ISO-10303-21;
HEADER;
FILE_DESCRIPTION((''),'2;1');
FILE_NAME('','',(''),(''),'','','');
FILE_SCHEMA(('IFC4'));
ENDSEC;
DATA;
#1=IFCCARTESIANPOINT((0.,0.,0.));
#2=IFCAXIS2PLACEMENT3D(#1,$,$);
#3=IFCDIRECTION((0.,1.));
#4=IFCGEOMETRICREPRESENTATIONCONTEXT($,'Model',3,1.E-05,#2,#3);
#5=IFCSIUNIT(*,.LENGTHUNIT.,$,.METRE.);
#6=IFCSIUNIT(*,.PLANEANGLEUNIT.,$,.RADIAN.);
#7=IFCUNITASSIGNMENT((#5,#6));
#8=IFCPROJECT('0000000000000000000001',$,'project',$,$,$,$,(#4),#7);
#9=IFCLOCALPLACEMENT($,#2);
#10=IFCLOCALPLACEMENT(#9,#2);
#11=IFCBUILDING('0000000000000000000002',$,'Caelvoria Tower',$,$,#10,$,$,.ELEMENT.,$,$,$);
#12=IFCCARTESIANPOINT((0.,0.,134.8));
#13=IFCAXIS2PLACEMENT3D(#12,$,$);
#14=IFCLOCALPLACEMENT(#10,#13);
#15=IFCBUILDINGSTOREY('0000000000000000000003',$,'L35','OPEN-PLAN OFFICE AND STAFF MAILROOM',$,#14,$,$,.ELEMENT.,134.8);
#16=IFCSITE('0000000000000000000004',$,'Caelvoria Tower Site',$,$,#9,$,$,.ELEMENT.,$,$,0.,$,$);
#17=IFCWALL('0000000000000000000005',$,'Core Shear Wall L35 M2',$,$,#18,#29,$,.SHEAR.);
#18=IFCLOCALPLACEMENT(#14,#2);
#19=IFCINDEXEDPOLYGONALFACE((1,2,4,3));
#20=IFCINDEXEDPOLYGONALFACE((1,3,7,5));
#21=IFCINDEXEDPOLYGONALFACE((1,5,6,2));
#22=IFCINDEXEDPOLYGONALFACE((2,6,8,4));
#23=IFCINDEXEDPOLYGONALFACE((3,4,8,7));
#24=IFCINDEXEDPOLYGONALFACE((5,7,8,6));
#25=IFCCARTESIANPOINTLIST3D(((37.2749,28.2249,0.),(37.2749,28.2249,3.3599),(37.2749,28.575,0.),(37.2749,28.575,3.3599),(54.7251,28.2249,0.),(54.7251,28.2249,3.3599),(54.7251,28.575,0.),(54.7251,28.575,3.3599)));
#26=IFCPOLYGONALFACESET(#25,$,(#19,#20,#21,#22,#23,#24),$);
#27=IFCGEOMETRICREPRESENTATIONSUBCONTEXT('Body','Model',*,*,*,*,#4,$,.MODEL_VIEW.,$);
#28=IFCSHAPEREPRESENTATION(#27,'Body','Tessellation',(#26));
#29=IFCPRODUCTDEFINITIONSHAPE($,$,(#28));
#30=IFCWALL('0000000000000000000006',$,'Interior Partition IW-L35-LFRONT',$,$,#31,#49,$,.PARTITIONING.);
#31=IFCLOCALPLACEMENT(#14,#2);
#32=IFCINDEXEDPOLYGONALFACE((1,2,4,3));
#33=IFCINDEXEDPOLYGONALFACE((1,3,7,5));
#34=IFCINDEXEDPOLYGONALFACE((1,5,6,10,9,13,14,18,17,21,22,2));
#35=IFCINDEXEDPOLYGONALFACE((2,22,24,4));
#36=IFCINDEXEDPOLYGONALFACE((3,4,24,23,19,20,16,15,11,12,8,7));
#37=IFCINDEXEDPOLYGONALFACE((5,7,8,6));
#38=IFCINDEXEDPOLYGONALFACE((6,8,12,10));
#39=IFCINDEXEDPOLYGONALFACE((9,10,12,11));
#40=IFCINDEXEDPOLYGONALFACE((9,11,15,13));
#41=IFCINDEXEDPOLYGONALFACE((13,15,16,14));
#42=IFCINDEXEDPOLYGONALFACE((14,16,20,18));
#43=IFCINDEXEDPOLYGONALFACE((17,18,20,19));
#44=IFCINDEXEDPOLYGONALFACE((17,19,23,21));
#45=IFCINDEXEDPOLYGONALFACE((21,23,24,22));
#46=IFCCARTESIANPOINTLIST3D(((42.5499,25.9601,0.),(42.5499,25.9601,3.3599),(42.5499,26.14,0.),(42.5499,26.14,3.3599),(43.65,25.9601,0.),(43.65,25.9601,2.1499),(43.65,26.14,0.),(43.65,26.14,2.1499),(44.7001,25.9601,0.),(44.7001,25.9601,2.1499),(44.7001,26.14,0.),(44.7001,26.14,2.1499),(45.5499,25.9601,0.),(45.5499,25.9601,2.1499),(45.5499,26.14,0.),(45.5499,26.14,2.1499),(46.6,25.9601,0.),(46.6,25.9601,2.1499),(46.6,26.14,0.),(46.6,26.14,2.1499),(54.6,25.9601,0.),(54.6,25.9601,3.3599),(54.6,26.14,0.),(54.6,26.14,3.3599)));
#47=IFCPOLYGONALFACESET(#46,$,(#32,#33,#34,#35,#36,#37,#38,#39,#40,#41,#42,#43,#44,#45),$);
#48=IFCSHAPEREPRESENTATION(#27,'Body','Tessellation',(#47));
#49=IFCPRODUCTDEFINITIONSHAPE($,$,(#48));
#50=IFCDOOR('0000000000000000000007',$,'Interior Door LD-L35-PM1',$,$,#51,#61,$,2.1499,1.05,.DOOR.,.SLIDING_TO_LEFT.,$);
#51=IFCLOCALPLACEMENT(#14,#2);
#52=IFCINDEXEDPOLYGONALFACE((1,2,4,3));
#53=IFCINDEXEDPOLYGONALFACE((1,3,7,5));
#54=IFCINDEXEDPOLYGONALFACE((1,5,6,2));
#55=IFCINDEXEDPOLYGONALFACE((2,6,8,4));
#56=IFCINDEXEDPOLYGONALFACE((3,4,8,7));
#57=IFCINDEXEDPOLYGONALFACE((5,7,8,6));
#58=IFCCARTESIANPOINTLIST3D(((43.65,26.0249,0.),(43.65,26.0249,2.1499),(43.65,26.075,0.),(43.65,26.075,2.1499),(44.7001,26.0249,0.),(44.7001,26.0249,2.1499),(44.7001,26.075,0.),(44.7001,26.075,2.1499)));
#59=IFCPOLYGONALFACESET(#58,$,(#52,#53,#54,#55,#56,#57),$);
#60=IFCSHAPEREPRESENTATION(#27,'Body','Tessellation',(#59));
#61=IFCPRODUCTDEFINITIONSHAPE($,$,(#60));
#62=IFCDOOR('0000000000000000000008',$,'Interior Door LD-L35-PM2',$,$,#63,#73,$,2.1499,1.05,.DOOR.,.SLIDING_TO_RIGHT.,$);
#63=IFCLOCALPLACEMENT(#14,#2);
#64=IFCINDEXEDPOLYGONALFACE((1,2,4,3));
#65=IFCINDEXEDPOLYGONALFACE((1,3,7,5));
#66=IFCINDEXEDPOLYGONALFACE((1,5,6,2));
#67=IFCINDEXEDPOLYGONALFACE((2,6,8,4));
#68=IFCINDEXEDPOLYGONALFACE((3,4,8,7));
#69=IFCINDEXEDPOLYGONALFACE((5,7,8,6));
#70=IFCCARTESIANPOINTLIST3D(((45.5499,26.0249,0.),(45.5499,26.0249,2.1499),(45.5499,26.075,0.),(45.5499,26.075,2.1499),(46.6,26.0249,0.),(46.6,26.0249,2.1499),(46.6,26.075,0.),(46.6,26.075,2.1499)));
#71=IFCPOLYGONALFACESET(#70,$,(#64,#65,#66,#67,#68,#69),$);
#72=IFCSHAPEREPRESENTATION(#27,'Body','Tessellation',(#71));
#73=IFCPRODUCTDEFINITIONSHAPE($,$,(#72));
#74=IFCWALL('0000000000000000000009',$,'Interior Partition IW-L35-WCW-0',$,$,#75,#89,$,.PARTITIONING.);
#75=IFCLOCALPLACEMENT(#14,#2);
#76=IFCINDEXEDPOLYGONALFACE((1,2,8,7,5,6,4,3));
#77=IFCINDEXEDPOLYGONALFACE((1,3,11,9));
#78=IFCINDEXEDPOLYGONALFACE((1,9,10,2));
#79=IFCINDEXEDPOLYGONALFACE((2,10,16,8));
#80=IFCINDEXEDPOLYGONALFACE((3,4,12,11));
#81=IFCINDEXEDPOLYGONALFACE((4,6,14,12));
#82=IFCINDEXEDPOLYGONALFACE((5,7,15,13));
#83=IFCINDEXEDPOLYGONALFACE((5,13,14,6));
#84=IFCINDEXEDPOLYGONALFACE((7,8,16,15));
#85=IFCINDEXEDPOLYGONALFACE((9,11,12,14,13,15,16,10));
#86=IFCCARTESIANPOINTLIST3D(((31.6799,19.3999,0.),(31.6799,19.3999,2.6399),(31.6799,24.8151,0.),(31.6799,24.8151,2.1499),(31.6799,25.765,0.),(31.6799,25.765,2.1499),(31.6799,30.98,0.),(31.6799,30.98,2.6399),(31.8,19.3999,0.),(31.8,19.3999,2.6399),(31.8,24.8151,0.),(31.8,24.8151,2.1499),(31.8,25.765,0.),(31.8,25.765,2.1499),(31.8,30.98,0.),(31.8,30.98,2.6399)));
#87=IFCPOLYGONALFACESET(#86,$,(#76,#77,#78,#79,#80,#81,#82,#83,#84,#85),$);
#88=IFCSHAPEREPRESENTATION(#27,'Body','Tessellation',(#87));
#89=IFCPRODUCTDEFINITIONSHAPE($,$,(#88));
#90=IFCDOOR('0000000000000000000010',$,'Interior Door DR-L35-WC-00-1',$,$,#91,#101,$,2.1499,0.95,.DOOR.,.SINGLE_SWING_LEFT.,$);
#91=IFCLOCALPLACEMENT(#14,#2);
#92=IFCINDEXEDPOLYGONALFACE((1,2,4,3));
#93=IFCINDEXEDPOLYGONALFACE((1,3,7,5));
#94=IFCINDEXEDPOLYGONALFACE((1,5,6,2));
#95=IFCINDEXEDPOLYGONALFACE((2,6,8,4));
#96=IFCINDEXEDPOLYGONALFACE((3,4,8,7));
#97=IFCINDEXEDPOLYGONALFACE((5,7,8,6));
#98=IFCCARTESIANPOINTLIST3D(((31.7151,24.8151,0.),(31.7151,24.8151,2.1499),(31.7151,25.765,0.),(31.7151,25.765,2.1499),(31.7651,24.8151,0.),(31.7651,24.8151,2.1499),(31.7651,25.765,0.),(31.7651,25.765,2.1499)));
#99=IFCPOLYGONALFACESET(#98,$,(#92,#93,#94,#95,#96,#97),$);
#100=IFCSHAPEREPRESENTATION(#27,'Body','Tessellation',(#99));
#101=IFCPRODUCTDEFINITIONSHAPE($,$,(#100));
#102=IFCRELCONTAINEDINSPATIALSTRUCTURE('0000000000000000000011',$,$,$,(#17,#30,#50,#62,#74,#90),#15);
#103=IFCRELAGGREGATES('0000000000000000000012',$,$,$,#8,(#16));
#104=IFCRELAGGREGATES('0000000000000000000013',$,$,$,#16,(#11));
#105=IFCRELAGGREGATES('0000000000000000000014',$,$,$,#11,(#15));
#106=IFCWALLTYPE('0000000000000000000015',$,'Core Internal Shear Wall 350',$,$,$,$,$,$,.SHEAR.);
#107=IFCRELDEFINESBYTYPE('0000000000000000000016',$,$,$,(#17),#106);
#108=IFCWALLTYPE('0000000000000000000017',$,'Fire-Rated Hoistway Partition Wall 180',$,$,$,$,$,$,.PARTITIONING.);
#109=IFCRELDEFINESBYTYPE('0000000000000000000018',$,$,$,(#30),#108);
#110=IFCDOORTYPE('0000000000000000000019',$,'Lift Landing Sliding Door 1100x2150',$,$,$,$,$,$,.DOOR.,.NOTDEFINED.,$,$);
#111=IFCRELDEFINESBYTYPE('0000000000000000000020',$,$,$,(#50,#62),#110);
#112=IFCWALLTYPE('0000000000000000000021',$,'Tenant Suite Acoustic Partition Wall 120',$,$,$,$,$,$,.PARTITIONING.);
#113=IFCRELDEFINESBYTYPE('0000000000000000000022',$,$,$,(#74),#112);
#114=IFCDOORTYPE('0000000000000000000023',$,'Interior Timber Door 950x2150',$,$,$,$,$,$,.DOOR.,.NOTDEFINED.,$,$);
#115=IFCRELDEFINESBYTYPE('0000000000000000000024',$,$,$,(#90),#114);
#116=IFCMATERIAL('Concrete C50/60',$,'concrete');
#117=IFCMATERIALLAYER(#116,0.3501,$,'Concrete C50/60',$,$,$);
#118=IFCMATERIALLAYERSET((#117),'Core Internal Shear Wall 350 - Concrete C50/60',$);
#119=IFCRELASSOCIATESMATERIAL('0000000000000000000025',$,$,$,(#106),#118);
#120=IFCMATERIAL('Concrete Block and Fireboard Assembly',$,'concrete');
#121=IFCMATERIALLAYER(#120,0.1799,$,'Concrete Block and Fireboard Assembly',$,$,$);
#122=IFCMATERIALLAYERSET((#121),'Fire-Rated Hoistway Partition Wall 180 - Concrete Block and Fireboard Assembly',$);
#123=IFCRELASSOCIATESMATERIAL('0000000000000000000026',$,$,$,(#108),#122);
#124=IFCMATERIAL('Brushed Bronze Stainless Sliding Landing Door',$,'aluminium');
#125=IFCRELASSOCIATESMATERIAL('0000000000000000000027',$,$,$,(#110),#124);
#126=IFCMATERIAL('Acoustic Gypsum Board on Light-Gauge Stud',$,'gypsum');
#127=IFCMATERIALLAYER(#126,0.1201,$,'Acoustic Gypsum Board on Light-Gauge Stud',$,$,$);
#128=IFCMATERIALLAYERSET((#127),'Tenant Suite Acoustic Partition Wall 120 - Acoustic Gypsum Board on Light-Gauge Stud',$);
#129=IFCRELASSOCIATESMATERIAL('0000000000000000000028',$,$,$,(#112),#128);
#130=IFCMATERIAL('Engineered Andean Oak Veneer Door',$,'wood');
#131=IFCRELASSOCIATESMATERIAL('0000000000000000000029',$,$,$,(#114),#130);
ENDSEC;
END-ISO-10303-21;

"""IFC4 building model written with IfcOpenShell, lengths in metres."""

from ifc_helpers import new_model, si_unit, direction, frame, frame_2d, origin, place, context, subcontext, project, spatial, rectangle, extrude, material, layer, layer_set, type_object, element, fill, save


model = new_model("IFC4")

# Units and contexts
model_context = context("Model", 3, precision=1e-05, world=origin(), true_north=direction((0.0, 1.0)))
body_context = subcontext(model_context, "Body", "Model", "MODEL_VIEW")
ifc_project = project(units=[si_unit("LENGTHUNIT", "METRE"), si_unit("PLANEANGLEUNIT", "RADIAN")], contexts=[model_context])

# Site, building, storey
site_placement = place(None, origin())
site = spatial("IfcSite", under=ifc_project, at=site_placement, Name="Caelvoria Tower Site", CompositionType="ELEMENT", RefElevation=0.0)
building_placement = place(site_placement, origin())
building = spatial("IfcBuilding", under=site, at=building_placement, Name="Caelvoria Tower", CompositionType="ELEMENT")
storey_placement = place(building_placement, frame((0.0, 0.0, 134.8)))
storey = spatial("IfcBuildingStorey", under=building, at=storey_placement, Name="L35", Description="OPEN-PLAN OFFICE AND STAFF MAILROOM", CompositionType="ELEMENT", Elevation=134.8)

# Shared definitions
ifc_material_1 = material(Name="Concrete C50/60", Category="concrete")
ifc_layer_1 = layer(ifc_material_1, 0.3501, Name="Concrete C50/60")
ifc_layer_set_1 = layer_set([ifc_layer_1], Name="Core Internal Shear Wall 350 - Concrete C50/60")
wall_type_1 = type_object("IfcWallType", Name="Core Internal Shear Wall 350", PredefinedType="SHEAR", material=ifc_layer_set_1)

# Wall
wall_1_placement = place(storey_placement, frame((37.2749, 28.3999, 0.0), z_axis=(0.0, 0.0, 1.0), x_axis=(1.0, 0.0, 0.0)))
element("IfcWall", 1, at=wall_1_placement, inside=storey, type_object=wall_type_1, Name="Core Shear Wall L35 M2", PredefinedType="SHEAR", context=body_context, shape_type="SweptSolid", body=[
    extrude(rectangle(XDim=17.4502, YDim=0.3501, at=frame_2d((8.7251, 0.0))), origin(), (0.0, 0.0, 1.0), 3.3599),
])

# Wall, openings, doors
ifc_material_2 = material(Name="Concrete Block and Fireboard Assembly", Category="concrete")
ifc_layer_2 = layer(ifc_material_2, 0.1799, Name="Concrete Block and Fireboard Assembly")
ifc_layer_set_2 = layer_set([ifc_layer_2], Name="Fire-Rated Hoistway Partition Wall 180 - Concrete Block and Fireboard Assembly")
wall_type_2 = type_object("IfcWallType", Name="Fire-Rated Hoistway Partition Wall 180", PredefinedType="PARTITIONING", material=ifc_layer_set_2)
wall_2_placement = place(storey_placement, frame((42.55, 26.05, 0.0), z_axis=(0.0, 0.0, 1.0), x_axis=(1.0, 0.0, 0.0)))
wall_2 = element("IfcWall", 2, at=wall_2_placement, inside=storey, type_object=wall_type_2, Name="Interior Partition IW-L35-LFRONT", PredefinedType="PARTITIONING", context=body_context, shape_type="SweptSolid", body=[
    extrude(rectangle(XDim=12.05, YDim=0.1799, at=frame_2d((6.0249, 0.0))), origin(), (0.0, 0.0, 1.0), 3.3599),
])
opening_1_placement = place(wall_2_placement, frame((1.1001, 0.0, 0.0)))
opening_1 = element("IfcOpeningElement", 3, at=opening_1_placement, cuts=wall_2, PredefinedType="OPENING", context=body_context, shape_type="SweptSolid", body=[
    extrude(rectangle(XDim=1.05, YDim=2.1499, at=frame_2d((0.5249, 1.075))), frame((0.0, 0.0999, 0.0), z_axis=(0.0, -1.0, 0.0), x_axis=(1.0, 0.0, 0.0)), (0.0, 0.0, 1.0), 0.2),
])
opening_2_placement = place(wall_2_placement, frame((3.0, 0.0, 0.0)))
opening_2 = element("IfcOpeningElement", 4, at=opening_2_placement, cuts=wall_2, PredefinedType="OPENING", context=body_context, shape_type="SweptSolid", body=[
    extrude(rectangle(XDim=1.05, YDim=2.1499, at=frame_2d((0.5249, 1.075))), frame((0.0, 0.0999, 0.0), z_axis=(0.0, -1.0, 0.0), x_axis=(1.0, 0.0, 0.0)), (0.0, 0.0, 1.0), 0.2),
])
ifc_material_3 = material(Name="Brushed Bronze Stainless Sliding Landing Door", Category="aluminium")
door_type_1 = type_object("IfcDoorType", Name="Lift Landing Sliding Door 1100x2150", OperationType="NOTDEFINED", PredefinedType="DOOR", material=ifc_material_3)
door_1_placement = place(opening_1_placement, origin())
door_1 = element("IfcDoor", 5, at=door_1_placement, inside=storey, type_object=door_type_1, Name="Interior Door LD-L35-PM1", OperationType="SLIDING_TO_LEFT", OverallHeight=2.1499, OverallWidth=1.05, PredefinedType="DOOR", context=body_context, shape_type="SweptSolid", body=[
    extrude(rectangle(XDim=1.05, YDim=2.1499, at=frame_2d((0.5249, 1.075))), frame((0.0, 0.0249, 0.0), z_axis=(0.0, -1.0, 0.0), x_axis=(1.0, 0.0, 0.0)), (0.0, 0.0, 1.0), 0.05),
])
fill(opening_1, door_1)
door_2_placement = place(opening_2_placement, origin())
door_2 = element("IfcDoor", 6, at=door_2_placement, inside=storey, type_object=door_type_1, Name="Interior Door LD-L35-PM2", OperationType="SLIDING_TO_RIGHT", OverallHeight=2.1499, OverallWidth=1.05, PredefinedType="DOOR", context=body_context, shape_type="SweptSolid", body=[
    extrude(rectangle(XDim=1.05, YDim=2.1499, at=frame_2d((0.5249, 1.075))), frame((0.0, 0.0249, 0.0), z_axis=(0.0, -1.0, 0.0), x_axis=(1.0, 0.0, 0.0)), (0.0, 0.0, 1.0), 0.05),
])
fill(opening_2, door_2)

# Wall, opening, door
ifc_material_4 = material(Name="Acoustic Gypsum Board on Light-Gauge Stud", Category="gypsum")
ifc_layer_3 = layer(ifc_material_4, 0.1201, Name="Acoustic Gypsum Board on Light-Gauge Stud")
ifc_layer_set_3 = layer_set([ifc_layer_3], Name="Tenant Suite Acoustic Partition Wall 120 - Acoustic Gypsum Board on Light-Gauge Stud")
wall_type_3 = type_object("IfcWallType", Name="Tenant Suite Acoustic Partition Wall 120", PredefinedType="PARTITIONING", material=ifc_layer_set_3)
wall_3_placement = place(storey_placement, frame((31.74, 19.3999, 0.0), z_axis=(0.0, 0.0, 1.0), x_axis=(0.0, 1.0, 0.0)))
wall_3 = element("IfcWall", 7, at=wall_3_placement, inside=storey, type_object=wall_type_3, Name="Interior Partition IW-L35-WCW-0", PredefinedType="PARTITIONING", context=body_context, shape_type="SweptSolid", body=[
    extrude(rectangle(XDim=11.5801, YDim=0.1201, at=frame_2d((5.79, 0.0))), origin(), (0.0, 0.0, 1.0), 2.6399),
])
opening_3_placement = place(wall_3_placement, frame((5.415, 0.0, 0.0)))
opening_3 = element("IfcOpeningElement", 8, at=opening_3_placement, cuts=wall_3, PredefinedType="OPENING", context=body_context, shape_type="SweptSolid", body=[
    extrude(rectangle(XDim=0.95, YDim=2.1499, at=frame_2d((0.4751, 1.075))), frame((0.0, 0.0701, 0.0), z_axis=(0.0, -1.0, 0.0), x_axis=(1.0, 0.0, 0.0)), (0.0, 0.0, 1.0), 0.1401),
])
ifc_material_5 = material(Name="Engineered Andean Oak Veneer Door", Category="wood")
door_type_2 = type_object("IfcDoorType", Name="Interior Timber Door 950x2150", OperationType="NOTDEFINED", PredefinedType="DOOR", material=ifc_material_5)
door_3_placement = place(opening_3_placement, origin())
door_3 = element("IfcDoor", 9, at=door_3_placement, inside=storey, type_object=door_type_2, Name="Interior Door DR-L35-WC-00-1", OperationType="SINGLE_SWING_LEFT", OverallHeight=2.1499, OverallWidth=0.95, PredefinedType="DOOR", context=body_context, shape_type="SweptSolid", body=[
    extrude(rectangle(XDim=0.95, YDim=2.1499, at=frame_2d((0.4751, 1.075))), frame((0.0, 0.0249, 0.0), z_axis=(0.0, -1.0, 0.0), x_axis=(1.0, 0.0, 0.0)), (0.0, 0.0, 1.0), 0.05),
])
fill(opening_3, door_3)

save(model, "model.ifc")
